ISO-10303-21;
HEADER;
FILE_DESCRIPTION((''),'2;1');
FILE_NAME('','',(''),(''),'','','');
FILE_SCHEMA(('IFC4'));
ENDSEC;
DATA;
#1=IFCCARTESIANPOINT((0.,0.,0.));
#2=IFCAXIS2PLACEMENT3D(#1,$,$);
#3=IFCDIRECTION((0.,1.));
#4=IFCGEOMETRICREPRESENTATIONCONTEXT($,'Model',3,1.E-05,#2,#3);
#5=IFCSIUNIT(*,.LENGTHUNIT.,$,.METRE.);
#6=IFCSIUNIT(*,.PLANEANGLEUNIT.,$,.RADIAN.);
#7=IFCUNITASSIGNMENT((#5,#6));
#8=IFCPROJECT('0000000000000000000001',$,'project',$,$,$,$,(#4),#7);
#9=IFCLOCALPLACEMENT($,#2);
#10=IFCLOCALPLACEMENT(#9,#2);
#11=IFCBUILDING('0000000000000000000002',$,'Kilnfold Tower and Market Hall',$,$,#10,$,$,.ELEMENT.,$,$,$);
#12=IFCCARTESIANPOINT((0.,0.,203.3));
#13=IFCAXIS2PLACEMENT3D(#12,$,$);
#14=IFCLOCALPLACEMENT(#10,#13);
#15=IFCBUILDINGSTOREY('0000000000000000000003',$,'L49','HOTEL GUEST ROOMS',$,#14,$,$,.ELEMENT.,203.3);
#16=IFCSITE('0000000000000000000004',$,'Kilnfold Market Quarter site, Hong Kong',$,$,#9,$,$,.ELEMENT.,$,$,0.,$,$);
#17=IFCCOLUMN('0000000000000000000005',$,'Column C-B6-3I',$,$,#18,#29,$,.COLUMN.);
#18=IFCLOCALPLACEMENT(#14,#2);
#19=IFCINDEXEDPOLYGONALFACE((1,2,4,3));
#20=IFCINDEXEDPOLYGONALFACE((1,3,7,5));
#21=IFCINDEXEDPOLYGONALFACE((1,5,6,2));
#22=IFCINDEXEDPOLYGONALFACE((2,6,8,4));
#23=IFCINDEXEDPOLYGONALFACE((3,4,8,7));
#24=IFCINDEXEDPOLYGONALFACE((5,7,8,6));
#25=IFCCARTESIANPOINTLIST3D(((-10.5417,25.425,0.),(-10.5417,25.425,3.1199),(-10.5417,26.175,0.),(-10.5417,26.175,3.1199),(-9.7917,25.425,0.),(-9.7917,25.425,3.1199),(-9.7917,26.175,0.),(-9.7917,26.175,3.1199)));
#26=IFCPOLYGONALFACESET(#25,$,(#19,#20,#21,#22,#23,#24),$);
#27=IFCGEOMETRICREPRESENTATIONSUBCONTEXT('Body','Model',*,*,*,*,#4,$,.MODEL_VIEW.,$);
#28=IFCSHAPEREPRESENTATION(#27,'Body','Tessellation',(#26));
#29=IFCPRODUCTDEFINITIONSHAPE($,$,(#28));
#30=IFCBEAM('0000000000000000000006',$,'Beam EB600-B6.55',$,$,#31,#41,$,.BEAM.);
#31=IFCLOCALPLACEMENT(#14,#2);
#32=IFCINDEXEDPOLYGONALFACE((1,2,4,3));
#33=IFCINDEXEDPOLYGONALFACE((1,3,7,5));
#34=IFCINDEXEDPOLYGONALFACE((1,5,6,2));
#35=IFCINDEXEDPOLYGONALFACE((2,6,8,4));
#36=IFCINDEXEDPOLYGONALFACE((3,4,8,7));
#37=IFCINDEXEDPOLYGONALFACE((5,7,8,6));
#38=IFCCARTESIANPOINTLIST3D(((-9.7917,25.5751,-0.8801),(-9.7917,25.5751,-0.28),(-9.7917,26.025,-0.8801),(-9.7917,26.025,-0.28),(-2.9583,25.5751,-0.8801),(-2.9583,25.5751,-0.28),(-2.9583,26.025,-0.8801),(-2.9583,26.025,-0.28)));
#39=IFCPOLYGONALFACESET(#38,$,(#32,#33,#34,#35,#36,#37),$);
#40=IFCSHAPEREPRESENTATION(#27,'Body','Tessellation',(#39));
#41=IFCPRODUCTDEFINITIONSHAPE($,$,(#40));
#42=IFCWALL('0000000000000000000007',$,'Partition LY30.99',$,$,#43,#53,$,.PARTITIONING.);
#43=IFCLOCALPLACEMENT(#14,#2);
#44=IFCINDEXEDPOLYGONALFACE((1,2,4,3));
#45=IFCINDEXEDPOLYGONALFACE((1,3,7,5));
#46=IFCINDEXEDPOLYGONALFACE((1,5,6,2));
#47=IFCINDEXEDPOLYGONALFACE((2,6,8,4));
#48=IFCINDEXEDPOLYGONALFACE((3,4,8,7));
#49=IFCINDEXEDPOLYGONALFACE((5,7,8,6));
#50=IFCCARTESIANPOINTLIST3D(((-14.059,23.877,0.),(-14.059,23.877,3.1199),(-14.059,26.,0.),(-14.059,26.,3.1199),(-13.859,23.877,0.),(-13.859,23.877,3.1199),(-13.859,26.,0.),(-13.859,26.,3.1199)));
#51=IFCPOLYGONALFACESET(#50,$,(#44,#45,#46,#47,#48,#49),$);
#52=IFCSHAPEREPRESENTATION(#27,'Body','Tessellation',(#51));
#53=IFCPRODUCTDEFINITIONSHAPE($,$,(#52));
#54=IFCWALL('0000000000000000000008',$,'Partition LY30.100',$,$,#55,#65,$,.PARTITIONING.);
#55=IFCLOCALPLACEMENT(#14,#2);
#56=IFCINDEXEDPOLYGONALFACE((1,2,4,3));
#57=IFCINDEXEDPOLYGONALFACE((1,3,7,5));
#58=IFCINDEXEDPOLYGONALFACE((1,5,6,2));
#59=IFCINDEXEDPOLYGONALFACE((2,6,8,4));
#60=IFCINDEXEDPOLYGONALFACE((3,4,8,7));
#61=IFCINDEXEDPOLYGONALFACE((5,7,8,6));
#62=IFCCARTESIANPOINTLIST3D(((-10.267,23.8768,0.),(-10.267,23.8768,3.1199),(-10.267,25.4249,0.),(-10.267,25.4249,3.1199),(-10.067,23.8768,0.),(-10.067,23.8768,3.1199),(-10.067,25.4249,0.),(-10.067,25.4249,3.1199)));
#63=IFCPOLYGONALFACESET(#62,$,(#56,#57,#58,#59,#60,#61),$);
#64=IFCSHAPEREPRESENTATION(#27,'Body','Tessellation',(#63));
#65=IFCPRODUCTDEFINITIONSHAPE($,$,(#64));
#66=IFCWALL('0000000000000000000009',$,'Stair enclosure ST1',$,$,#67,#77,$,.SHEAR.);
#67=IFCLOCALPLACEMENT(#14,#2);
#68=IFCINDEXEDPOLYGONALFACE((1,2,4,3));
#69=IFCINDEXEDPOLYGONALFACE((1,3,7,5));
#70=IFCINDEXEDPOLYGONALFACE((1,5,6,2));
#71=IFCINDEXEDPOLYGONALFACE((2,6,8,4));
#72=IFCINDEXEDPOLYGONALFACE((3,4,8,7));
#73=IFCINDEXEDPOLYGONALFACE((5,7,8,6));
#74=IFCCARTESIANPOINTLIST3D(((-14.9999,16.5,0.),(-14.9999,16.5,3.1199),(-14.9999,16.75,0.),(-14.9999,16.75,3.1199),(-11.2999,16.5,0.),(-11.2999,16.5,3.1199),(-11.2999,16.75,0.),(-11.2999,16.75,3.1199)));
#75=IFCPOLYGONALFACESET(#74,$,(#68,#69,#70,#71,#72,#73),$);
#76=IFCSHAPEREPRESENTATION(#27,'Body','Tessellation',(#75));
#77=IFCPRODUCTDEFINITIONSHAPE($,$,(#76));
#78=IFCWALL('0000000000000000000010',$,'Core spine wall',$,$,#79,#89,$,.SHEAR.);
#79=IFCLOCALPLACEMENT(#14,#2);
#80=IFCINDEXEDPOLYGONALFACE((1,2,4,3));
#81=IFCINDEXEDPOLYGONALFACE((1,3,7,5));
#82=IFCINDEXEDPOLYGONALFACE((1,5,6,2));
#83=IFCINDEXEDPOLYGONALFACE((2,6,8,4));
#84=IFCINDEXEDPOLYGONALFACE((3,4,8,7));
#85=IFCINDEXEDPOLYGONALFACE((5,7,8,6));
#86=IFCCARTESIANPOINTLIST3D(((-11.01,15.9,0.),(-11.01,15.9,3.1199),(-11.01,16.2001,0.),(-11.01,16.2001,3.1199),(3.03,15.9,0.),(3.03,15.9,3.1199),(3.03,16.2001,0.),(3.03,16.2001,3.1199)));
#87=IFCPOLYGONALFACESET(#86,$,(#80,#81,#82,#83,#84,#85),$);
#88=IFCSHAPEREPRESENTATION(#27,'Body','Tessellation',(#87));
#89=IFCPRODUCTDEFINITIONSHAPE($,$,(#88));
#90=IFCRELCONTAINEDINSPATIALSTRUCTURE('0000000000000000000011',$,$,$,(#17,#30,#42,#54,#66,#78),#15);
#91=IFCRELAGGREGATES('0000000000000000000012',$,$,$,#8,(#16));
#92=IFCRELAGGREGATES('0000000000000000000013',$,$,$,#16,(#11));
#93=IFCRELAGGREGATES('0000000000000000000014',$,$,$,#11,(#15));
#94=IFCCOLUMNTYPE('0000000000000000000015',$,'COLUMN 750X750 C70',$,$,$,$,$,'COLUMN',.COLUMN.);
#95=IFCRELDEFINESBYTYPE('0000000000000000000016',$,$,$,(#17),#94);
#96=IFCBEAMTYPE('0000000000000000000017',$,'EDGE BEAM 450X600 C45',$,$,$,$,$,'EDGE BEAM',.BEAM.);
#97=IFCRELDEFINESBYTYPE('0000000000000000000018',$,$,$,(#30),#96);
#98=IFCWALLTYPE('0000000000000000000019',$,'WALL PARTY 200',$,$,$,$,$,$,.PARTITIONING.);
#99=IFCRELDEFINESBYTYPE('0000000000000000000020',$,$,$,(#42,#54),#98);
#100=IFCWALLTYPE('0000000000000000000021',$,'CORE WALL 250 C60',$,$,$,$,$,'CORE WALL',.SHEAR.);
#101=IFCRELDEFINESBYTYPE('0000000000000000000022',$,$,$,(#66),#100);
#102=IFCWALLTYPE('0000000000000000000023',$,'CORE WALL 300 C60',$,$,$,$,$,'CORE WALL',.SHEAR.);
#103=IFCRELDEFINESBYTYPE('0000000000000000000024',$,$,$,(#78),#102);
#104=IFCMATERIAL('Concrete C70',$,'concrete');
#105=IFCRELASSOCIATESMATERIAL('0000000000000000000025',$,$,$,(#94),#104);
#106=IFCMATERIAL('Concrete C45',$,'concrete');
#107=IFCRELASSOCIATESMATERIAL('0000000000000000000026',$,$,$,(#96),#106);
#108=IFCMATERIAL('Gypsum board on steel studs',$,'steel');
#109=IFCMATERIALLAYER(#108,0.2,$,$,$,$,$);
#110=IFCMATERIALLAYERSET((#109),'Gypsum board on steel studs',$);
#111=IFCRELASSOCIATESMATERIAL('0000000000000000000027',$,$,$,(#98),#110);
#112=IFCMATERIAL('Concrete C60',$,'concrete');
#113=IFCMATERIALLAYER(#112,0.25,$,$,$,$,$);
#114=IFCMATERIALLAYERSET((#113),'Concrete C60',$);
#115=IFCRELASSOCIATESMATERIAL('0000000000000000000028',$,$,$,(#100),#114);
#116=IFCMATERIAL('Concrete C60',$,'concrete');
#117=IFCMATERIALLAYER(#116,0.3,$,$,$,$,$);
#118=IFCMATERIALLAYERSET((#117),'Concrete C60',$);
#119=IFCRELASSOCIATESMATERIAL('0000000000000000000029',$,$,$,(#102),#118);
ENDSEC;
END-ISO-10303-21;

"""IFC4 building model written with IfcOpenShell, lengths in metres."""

from ifc_helpers import new_model, si_unit, direction, frame, frame_2d, origin, origin_2d, place, context, subcontext, project, spatial, rectangle, extrude, source, transform, mapped, material, layer, layer_set, material_profile, profile_set, type_object, element, save


model = new_model("IFC4")

# Units and contexts
model_context = context("Model", 3, precision=1e-05, world=origin(), true_north=direction((0.0, 1.0)))
body_context = subcontext(model_context, "Body", "Model", "MODEL_VIEW")
ifc_project = project(units=[si_unit("LENGTHUNIT", "METRE"), si_unit("PLANEANGLEUNIT", "RADIAN")], contexts=[model_context])

# Site, building, storey
site_placement = place(None, origin())
site = spatial("IfcSite", under=ifc_project, at=site_placement, Name="Kilnfold Market Quarter site, Hong Kong", CompositionType="ELEMENT", RefElevation=0.0)
building_placement = place(site_placement, origin())
building = spatial("IfcBuilding", under=site, at=building_placement, Name="Kilnfold Tower and Market Hall", CompositionType="ELEMENT")
storey_placement = place(building_placement, frame((0.0, 0.0, 203.3)))
storey = spatial("IfcBuildingStorey", under=building, at=storey_placement, Name="L49", Description="HOTEL GUEST ROOMS", CompositionType="ELEMENT", Elevation=203.3)

# Column
ifc_material_1 = material(Name="Concrete C70", Category="concrete")
ifc_material_profile_1 = material_profile(ifc_material_1, rectangle(XDim=0.75, YDim=0.75, at=origin_2d()), Name="RC 750x750")
ifc_profile_set_1 = profile_set([ifc_material_profile_1], Name="Concrete C70")
column_type = type_object("IfcColumnType", Name="COLUMN 750X750 C70", ElementType="COLUMN", PredefinedType="COLUMN", material=ifc_profile_set_1)
shared_shape_1 = source(origin(), body_context, "Body", "SweptSolid", [
    extrude(rectangle(XDim=0.75, YDim=0.75, at=origin_2d()), origin(), (0.0, 0.0, 1.0), 3.1199),
])
column_placement = place(storey_placement, frame((-10.1667, 25.8, 0.0), z_axis=(0.0, 0.0, 1.0), x_axis=(1.0, 0.0, 0.0)))
element("IfcColumn", 1, at=column_placement, inside=storey, type_object=column_type, Name="Column C-B6-3I", PredefinedType="COLUMN", context=body_context, shape_type="MappedRepresentation", body=[
    mapped(shared_shape_1, transform((0.0, 0.0, 0.0))),
])

# Beam
ifc_material_2 = material(Name="Concrete C45", Category="concrete")
ifc_material_profile_2 = material_profile(ifc_material_2, rectangle(XDim=0.45, YDim=0.6001, at=origin_2d()), Name="RC 450x600")
ifc_profile_set_2 = profile_set([ifc_material_profile_2], Name="Concrete C45")
beam_type = type_object("IfcBeamType", Name="EDGE BEAM 450X600 C45", ElementType="EDGE BEAM", PredefinedType="BEAM", material=ifc_profile_set_2)
shared_shape_2 = source(origin(), body_context, "Body", "SweptSolid", [
    extrude(rectangle(XDim=0.45, YDim=0.6001, at=origin_2d()), origin(), (0.0, 0.0, 1.0), 6.8335),
])
beam_placement = place(storey_placement, frame((-9.7917, 25.8, -0.5801), z_axis=(1.0, 0.0, 0.0), x_axis=(0.0, 1.0, 0.0)))
element("IfcBeam", 2, at=beam_placement, inside=storey, type_object=beam_type, Name="Beam EB600-B6.55", PredefinedType="BEAM", context=body_context, shape_type="MappedRepresentation", body=[
    mapped(shared_shape_2, transform((0.0, 0.0, 0.0))),
])

# Walls
ifc_material_3 = material(Name="Gypsum board on steel studs", Category="steel")
ifc_layer_1 = layer(ifc_material_3, 0.2)
ifc_layer_set_1 = layer_set([ifc_layer_1], Name="Gypsum board on steel studs")
wall_type_1 = type_object("IfcWallType", Name="WALL PARTY 200", PredefinedType="PARTITIONING", material=ifc_layer_set_1)
wall_1_placement = place(storey_placement, frame((-13.959, 23.877, 0.0), z_axis=(0.0, 0.0, 1.0), x_axis=(0.0, 1.0, 0.0)))
element("IfcWall", 3, at=wall_1_placement, inside=storey, type_object=wall_type_1, Name="Partition LY30.99", PredefinedType="PARTITIONING", context=body_context, shape_type="SweptSolid", body=[
    extrude(rectangle(XDim=2.123, YDim=0.2, at=frame_2d((1.0615, 0.0))), origin(), (0.0, 0.0, 1.0), 3.1199),
])
wall_2_placement = place(storey_placement, frame((-10.167, 23.877, 0.0), z_axis=(0.0, 0.0, 1.0), x_axis=(0.0, 1.0, 0.0)))
element("IfcWall", 4, at=wall_2_placement, inside=storey, type_object=wall_type_1, Name="Partition LY30.100", PredefinedType="PARTITIONING", context=body_context, shape_type="SweptSolid", body=[
    extrude(rectangle(XDim=1.5481, YDim=0.2, at=frame_2d((0.7739, 0.0))), origin(), (0.0, 0.0, 1.0), 3.1199),
])
ifc_material_4 = material(Name="Concrete C60", Category="concrete")
ifc_layer_2 = layer(ifc_material_4, 0.25)
ifc_layer_set_2 = layer_set([ifc_layer_2], Name="Concrete C60")
wall_type_2 = type_object("IfcWallType", Name="CORE WALL 250 C60", ElementType="CORE WALL", PredefinedType="SHEAR", material=ifc_layer_set_2)
shared_shape_3 = source(origin(), body_context, "Body", "SweptSolid", [
    extrude(rectangle(XDim=3.7, YDim=0.25, at=frame_2d((1.8501, 0.0))), origin(), (0.0, 0.0, 1.0), 3.1199),
])
wall_3_placement = place(storey_placement, frame((-15.0, 16.625, 0.0), z_axis=(0.0, 0.0, 1.0), x_axis=(1.0, 0.0, 0.0)))
element("IfcWall", 5, at=wall_3_placement, inside=storey, type_object=wall_type_2, Name="Stair enclosure ST1", PredefinedType="SHEAR", context=body_context, shape_type="MappedRepresentation", body=[
    mapped(shared_shape_3, transform((0.0, 0.0, 0.0))),
])
ifc_material_5 = material(Name="Concrete C60", Category="concrete")
ifc_layer_3 = layer(ifc_material_5, 0.3)
ifc_layer_set_3 = layer_set([ifc_layer_3], Name="Concrete C60")
wall_type_3 = type_object("IfcWallType", Name="CORE WALL 300 C60", ElementType="CORE WALL", PredefinedType="SHEAR", material=ifc_layer_set_3)
shared_shape_4 = source(origin(), body_context, "Body", "SweptSolid", [
    extrude(rectangle(XDim=14.04, YDim=0.3, at=frame_2d((7.02, 0.0))), origin(), (0.0, 0.0, 1.0), 3.1199),
])
wall_4_placement = place(storey_placement, frame((-11.01, 16.05, 0.0), z_axis=(0.0, 0.0, 1.0), x_axis=(1.0, 0.0, 0.0)))
element("IfcWall", 6, at=wall_4_placement, inside=storey, type_object=wall_type_3, Name="Core spine wall", PredefinedType="SHEAR", context=body_context, shape_type="MappedRepresentation", body=[
    mapped(shared_shape_4, transform((0.0, 0.0, 0.0))),
])

save(model, "model.ifc")
